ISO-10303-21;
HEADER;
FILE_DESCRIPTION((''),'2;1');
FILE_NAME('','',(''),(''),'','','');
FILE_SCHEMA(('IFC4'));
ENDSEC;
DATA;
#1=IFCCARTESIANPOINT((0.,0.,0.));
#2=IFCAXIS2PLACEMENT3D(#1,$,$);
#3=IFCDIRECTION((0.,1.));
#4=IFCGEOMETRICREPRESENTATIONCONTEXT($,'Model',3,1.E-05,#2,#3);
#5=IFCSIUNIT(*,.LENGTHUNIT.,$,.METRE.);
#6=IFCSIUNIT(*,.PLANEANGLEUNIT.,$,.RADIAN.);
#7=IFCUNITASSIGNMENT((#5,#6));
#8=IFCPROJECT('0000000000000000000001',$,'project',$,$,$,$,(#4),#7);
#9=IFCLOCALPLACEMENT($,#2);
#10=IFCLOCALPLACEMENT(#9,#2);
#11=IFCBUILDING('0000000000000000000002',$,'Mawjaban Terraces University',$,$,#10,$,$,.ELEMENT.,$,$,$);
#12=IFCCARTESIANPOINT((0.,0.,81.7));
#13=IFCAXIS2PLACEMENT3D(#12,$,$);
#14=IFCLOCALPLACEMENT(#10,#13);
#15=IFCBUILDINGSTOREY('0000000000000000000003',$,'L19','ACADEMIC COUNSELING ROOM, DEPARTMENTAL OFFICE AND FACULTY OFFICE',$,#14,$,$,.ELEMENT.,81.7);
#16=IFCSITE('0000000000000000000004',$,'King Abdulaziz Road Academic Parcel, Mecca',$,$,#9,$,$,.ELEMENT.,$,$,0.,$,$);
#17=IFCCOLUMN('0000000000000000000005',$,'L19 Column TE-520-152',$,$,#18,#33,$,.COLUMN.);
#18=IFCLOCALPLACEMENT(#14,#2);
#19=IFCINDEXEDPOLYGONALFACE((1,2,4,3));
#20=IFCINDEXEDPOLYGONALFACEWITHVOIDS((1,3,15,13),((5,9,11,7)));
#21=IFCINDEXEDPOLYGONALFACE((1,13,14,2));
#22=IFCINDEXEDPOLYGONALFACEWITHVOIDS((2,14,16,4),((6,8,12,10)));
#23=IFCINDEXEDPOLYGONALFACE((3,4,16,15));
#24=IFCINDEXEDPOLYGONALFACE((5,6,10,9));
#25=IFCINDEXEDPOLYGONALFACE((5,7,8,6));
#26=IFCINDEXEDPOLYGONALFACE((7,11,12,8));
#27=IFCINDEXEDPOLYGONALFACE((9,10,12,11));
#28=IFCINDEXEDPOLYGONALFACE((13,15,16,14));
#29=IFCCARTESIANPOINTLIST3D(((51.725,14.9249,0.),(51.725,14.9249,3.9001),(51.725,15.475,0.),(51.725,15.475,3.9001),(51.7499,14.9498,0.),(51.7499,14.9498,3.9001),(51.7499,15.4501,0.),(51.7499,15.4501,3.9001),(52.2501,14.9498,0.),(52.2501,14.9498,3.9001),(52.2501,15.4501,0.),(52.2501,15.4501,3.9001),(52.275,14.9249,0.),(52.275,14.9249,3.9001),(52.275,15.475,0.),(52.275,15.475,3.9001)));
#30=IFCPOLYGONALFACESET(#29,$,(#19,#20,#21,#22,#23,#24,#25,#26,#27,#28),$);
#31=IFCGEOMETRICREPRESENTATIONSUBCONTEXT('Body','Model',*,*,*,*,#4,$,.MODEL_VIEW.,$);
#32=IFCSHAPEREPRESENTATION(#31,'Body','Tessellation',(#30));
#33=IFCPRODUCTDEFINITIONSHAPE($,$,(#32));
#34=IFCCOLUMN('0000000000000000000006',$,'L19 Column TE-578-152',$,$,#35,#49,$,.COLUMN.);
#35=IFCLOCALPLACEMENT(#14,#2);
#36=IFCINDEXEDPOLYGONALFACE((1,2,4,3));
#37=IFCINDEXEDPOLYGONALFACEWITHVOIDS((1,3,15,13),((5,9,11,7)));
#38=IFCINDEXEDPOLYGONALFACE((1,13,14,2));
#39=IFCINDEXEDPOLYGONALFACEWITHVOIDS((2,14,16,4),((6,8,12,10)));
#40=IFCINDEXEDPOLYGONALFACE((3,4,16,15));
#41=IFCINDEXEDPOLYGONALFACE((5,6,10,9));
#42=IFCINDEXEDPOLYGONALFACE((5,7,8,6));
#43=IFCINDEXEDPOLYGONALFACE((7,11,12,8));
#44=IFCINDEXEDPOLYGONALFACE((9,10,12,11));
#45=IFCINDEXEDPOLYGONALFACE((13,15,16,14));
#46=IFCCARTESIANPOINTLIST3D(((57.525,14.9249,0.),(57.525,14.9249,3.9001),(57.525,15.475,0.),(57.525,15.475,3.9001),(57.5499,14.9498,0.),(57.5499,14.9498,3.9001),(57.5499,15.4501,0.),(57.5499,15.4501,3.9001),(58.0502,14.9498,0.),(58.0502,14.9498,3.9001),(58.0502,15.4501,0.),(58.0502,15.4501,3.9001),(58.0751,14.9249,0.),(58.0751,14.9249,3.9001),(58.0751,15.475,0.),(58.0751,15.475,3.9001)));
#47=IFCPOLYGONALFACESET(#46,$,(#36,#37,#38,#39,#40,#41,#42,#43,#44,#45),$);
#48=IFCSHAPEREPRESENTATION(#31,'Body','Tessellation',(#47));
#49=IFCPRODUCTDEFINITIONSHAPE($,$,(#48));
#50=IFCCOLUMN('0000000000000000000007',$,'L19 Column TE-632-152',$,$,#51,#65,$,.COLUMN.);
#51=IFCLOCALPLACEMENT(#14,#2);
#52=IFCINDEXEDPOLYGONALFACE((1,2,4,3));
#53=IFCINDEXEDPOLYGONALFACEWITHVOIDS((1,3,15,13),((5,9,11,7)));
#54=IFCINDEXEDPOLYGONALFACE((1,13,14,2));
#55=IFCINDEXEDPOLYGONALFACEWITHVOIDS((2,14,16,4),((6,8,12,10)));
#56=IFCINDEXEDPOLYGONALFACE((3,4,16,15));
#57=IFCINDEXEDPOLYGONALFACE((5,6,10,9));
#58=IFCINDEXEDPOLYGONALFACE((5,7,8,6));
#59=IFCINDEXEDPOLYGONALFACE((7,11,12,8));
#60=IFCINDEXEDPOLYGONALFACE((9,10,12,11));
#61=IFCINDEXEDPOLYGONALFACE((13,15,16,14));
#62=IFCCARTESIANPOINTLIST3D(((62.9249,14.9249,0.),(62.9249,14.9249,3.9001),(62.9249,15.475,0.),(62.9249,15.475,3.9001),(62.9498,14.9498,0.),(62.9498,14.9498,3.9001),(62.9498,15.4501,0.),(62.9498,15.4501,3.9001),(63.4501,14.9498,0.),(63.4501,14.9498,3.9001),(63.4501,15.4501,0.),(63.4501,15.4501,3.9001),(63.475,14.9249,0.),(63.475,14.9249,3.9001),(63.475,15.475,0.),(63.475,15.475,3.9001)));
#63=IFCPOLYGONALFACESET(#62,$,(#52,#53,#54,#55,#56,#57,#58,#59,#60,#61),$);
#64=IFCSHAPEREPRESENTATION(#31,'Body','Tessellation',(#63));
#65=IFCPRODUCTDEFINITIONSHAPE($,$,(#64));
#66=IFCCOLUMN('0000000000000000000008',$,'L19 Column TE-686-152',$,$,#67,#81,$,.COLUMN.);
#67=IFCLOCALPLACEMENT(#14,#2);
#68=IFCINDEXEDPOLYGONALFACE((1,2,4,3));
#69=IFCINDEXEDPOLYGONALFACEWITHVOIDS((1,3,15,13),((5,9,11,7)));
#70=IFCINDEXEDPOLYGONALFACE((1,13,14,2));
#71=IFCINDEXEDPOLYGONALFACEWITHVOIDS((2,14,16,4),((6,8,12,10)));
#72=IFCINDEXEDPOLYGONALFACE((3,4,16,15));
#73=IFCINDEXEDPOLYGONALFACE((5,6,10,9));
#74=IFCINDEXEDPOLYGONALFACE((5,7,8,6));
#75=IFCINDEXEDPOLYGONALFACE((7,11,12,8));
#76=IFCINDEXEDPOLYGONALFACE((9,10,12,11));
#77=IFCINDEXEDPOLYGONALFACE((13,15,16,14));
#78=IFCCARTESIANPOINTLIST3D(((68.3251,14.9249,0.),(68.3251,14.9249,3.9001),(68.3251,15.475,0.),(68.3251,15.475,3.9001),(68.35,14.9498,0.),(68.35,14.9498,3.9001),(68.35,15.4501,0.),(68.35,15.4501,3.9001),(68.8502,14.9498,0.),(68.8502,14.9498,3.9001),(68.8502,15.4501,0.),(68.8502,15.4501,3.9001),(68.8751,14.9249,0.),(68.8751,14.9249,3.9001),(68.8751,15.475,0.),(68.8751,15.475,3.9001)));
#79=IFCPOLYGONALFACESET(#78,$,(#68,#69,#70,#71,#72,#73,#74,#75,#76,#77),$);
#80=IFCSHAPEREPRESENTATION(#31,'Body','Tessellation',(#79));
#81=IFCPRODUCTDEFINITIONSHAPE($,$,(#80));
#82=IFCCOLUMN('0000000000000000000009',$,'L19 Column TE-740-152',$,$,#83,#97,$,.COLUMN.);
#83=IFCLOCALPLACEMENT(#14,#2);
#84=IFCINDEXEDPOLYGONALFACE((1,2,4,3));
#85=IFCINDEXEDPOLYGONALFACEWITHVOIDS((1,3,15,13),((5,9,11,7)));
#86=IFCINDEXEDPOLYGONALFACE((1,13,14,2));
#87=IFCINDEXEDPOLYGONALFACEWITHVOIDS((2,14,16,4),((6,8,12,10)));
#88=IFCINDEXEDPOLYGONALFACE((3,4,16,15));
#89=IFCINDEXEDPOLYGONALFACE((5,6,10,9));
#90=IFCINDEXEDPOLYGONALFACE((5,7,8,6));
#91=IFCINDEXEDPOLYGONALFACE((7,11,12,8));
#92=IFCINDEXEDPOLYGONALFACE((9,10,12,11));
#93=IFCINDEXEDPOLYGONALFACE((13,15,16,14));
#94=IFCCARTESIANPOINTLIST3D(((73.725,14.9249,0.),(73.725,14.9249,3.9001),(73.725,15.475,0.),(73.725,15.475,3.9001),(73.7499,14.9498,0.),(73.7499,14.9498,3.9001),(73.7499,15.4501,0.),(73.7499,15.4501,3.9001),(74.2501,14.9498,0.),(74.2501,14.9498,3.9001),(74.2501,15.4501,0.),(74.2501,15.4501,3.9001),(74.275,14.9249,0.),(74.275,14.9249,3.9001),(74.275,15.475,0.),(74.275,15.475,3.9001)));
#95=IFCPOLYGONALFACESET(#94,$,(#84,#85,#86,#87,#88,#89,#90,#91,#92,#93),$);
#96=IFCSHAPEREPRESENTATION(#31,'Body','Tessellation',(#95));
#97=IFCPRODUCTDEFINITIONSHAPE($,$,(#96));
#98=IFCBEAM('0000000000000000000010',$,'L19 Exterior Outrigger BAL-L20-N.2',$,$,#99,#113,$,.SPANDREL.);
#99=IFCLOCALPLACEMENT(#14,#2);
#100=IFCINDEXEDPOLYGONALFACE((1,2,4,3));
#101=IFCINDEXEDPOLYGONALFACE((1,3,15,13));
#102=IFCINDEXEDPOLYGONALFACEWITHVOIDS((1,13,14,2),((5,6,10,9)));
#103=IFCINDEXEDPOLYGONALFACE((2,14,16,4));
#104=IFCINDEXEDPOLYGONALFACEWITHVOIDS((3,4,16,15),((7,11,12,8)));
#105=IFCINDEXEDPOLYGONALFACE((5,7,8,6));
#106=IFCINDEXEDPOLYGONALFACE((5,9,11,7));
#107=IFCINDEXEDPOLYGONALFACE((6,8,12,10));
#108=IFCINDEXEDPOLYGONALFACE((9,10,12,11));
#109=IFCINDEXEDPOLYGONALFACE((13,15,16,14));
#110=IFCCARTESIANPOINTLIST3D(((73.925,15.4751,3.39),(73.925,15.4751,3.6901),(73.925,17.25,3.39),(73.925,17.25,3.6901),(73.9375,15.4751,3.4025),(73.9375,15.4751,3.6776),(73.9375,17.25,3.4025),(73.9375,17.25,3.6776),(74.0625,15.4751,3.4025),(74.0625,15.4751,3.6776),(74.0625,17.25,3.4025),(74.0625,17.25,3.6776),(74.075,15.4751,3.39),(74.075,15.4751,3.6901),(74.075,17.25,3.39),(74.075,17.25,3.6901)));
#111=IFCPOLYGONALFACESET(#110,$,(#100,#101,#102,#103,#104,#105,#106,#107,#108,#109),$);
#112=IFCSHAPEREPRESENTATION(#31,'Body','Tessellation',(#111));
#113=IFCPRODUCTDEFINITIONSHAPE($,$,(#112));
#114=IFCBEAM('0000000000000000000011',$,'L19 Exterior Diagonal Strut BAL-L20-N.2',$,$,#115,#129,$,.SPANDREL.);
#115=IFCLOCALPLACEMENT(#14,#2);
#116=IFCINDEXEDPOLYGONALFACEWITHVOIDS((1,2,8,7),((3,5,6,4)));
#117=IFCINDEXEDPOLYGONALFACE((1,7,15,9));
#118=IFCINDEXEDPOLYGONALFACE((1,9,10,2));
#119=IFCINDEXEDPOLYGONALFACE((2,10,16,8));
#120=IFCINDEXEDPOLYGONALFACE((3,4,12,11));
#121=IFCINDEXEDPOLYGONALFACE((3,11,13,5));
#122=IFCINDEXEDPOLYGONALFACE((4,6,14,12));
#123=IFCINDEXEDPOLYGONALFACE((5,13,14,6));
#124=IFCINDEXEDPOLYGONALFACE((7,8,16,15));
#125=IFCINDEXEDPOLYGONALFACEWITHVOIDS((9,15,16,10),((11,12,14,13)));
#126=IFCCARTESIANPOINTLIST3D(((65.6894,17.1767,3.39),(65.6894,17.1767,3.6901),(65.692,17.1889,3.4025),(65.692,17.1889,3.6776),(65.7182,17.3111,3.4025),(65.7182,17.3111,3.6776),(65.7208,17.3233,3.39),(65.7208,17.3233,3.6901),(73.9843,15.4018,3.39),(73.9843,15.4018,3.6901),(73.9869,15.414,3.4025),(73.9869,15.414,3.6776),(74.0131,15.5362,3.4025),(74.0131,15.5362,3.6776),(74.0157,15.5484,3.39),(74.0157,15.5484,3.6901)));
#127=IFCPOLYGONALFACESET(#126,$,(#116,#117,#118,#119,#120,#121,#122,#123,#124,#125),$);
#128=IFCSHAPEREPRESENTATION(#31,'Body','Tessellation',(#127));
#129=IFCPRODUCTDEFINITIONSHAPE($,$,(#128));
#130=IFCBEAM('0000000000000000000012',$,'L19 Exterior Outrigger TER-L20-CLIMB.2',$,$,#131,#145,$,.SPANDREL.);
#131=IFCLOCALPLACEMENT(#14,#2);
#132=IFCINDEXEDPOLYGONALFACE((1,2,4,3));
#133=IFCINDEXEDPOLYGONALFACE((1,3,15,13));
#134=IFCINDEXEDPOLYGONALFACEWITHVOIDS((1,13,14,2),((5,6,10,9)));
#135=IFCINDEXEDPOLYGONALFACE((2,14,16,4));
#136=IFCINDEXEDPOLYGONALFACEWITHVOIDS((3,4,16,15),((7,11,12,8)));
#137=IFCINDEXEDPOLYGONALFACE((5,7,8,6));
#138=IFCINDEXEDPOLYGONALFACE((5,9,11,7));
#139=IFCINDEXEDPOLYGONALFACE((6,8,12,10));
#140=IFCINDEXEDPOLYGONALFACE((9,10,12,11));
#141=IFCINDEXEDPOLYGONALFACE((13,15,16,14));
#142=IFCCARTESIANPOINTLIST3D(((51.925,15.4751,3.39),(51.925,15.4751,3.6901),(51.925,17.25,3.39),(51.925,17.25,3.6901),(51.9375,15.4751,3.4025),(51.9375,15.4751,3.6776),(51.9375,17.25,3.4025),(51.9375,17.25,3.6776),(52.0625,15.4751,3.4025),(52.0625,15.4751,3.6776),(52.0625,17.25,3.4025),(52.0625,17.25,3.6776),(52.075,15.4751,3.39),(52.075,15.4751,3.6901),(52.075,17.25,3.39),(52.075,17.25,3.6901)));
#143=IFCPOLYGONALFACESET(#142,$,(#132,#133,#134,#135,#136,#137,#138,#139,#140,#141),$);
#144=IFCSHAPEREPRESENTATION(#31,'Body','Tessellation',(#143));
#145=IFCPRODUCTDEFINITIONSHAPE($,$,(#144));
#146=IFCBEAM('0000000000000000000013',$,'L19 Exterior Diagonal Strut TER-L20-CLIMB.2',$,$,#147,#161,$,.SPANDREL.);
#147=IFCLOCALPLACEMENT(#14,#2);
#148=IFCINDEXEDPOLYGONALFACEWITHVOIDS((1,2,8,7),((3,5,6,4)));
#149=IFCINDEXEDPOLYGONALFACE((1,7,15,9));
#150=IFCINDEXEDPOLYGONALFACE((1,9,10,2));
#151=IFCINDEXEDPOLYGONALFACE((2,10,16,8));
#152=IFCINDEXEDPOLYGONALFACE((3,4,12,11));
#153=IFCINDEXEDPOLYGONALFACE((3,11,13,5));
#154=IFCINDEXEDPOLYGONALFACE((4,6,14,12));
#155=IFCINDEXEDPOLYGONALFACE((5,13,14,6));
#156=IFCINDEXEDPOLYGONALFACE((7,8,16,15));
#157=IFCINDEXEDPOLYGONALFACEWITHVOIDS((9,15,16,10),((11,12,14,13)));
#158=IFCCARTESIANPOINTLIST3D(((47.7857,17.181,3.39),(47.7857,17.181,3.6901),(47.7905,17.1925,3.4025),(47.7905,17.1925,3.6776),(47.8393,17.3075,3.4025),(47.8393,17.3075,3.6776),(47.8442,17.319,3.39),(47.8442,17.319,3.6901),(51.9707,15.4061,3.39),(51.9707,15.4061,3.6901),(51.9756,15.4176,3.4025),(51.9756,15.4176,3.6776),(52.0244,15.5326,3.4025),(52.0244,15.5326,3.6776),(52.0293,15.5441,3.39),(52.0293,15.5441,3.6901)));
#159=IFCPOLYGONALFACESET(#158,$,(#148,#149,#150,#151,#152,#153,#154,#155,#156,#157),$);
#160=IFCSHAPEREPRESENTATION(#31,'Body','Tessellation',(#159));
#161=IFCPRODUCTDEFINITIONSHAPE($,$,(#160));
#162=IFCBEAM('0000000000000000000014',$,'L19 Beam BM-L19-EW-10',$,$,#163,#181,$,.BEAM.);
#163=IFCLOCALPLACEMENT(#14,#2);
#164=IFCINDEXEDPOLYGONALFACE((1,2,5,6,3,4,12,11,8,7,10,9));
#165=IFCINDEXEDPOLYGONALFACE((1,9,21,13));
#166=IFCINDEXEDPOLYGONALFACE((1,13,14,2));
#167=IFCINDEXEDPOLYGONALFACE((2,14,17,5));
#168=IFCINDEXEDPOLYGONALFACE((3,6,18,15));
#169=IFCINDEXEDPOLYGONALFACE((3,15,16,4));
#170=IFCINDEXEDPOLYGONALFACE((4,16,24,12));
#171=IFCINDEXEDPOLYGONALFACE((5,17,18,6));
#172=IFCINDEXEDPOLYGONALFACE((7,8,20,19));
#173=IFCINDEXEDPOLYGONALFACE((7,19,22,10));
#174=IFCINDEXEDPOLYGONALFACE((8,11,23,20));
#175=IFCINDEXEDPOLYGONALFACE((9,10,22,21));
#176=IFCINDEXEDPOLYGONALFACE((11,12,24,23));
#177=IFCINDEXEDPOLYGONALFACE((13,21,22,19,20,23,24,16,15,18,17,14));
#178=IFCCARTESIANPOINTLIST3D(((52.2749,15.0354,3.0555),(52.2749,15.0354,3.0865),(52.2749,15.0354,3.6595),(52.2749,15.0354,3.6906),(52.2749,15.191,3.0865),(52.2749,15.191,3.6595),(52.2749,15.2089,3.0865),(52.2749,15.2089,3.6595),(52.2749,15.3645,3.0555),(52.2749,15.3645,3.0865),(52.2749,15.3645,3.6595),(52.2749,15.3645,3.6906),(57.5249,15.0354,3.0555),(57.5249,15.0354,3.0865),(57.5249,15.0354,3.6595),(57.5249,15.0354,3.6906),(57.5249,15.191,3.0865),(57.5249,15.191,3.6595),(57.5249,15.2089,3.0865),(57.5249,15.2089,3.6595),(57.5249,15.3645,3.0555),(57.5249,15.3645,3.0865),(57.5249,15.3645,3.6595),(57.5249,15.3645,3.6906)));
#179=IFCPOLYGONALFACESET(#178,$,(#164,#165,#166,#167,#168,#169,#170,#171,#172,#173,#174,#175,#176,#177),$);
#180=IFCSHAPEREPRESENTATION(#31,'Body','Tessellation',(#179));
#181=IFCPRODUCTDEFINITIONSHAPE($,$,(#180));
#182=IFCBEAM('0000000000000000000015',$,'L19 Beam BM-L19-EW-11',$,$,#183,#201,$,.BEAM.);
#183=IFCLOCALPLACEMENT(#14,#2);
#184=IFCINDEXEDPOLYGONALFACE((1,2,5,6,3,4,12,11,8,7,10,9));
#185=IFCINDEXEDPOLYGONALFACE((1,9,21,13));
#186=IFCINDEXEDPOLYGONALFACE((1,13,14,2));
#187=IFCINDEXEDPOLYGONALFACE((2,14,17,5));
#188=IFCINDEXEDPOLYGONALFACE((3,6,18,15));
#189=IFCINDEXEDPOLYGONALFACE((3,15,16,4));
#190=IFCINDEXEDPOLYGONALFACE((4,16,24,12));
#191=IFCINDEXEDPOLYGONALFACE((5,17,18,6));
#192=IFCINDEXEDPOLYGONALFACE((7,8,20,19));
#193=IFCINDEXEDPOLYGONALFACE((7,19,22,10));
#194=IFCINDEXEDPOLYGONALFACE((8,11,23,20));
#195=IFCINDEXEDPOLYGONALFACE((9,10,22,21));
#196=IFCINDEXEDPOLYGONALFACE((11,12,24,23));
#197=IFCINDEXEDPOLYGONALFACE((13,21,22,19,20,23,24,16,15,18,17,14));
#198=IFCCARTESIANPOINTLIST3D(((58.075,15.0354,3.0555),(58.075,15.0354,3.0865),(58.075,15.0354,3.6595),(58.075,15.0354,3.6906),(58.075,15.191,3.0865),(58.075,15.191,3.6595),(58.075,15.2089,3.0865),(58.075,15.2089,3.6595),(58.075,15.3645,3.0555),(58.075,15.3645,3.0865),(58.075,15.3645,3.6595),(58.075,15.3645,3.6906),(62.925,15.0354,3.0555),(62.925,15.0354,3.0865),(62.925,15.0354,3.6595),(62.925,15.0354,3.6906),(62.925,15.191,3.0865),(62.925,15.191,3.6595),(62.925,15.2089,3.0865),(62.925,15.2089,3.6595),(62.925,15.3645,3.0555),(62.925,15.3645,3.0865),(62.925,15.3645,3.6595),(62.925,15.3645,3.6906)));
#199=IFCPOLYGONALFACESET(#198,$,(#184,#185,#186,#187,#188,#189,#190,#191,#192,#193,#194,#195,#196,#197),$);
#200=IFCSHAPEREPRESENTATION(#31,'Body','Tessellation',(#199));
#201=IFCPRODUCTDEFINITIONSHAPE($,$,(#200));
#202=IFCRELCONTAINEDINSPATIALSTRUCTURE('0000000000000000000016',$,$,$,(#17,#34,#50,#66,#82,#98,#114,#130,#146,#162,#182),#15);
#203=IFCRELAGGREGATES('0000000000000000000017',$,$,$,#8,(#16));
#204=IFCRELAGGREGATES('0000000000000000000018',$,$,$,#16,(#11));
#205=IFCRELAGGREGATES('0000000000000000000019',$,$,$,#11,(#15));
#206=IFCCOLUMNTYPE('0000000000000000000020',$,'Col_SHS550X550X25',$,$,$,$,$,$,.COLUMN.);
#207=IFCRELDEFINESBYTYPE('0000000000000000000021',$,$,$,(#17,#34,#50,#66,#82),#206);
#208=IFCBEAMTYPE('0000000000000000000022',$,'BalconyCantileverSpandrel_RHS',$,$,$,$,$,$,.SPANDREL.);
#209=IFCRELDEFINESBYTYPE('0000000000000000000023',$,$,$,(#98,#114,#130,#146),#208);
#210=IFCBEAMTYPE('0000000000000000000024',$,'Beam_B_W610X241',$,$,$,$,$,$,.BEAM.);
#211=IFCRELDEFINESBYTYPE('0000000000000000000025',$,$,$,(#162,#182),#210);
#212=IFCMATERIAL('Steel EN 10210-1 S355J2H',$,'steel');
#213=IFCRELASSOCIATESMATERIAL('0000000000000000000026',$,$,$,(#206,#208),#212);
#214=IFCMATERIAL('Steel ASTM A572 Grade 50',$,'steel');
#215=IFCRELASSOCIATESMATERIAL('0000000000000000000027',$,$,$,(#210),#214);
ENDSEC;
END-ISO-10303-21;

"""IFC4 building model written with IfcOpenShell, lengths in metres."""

from ifc_helpers import new_model, si_unit, direction, frame, origin, origin_2d, place, context, subcontext, project, spatial, hollow_rectangle, i_section, extrude, material, material_profile, profile_set, type_object, element, save


model = new_model("IFC4")

# Units and contexts
model_context = context("Model", 3, precision=1e-05, world=origin(), true_north=direction((0.0, 1.0)))
body_context = subcontext(model_context, "Body", "Model", "MODEL_VIEW")
ifc_project = project(units=[si_unit("LENGTHUNIT", "METRE"), si_unit("PLANEANGLEUNIT", "RADIAN")], contexts=[model_context])

# Site, building, storey
site_placement = place(None, origin())
site = spatial("IfcSite", under=ifc_project, at=site_placement, Name="King Abdulaziz Road Academic Parcel, Mecca", CompositionType="ELEMENT", RefElevation=0.0)
building_placement = place(site_placement, origin())
building = spatial("IfcBuilding", under=site, at=building_placement, Name="Mawjaban Terraces University", CompositionType="ELEMENT")
storey_placement = place(building_placement, frame((0.0, 0.0, 81.7)))
storey = spatial("IfcBuildingStorey", under=building, at=storey_placement, Name="L19", Description="ACADEMIC COUNSELING ROOM, DEPARTMENTAL OFFICE AND FACULTY OFFICE", CompositionType="ELEMENT", Elevation=81.7)

# Columns
ifc_material_1 = material(Name="Steel EN 10210-1 S355J2H", Category="steel")
ifc_material_profile_1 = material_profile(ifc_material_1, hollow_rectangle(XDim=0.55, YDim=0.55, WallThickness=0.0249, at=origin_2d()), Name="SHS550X550X25")
ifc_profile_set_1 = profile_set([ifc_material_profile_1], Name="Steel EN 10210-1 S355J2H")
column_type = type_object("IfcColumnType", Name="Col_SHS550X550X25", PredefinedType="COLUMN", material=ifc_profile_set_1)
for number, where, z_axis, x_axis, name in (
    (1, (52.0, 15.2, 0.0), (0.0, 0.0, 1.0), (1.0, 0.0, 0.0), "L19 Column TE-520-152"),
    (2, (57.8, 15.2, 0.0), (0.0, 0.0, 1.0), (1.0, 0.0, 0.0), "L19 Column TE-578-152"),
    (3, (63.2, 15.2, 0.0), (0.0, 0.0, 1.0), (1.0, 0.0, 0.0), "L19 Column TE-632-152"),
    (4, (68.6001, 15.2, 0.0), (0.0, 0.0, 1.0), (1.0, 0.0, 0.0), "L19 Column TE-686-152"),
    (5, (74.0, 15.2, 0.0), (0.0, 0.0, 1.0), (1.0, 0.0, 0.0), "L19 Column TE-740-152"),
):
    element("IfcColumn", number, at=place(storey_placement, frame(where, z_axis=z_axis, x_axis=x_axis)), inside=storey, type_object=column_type, Name=name, PredefinedType="COLUMN", context=body_context, shape_type="SweptSolid", body=[
        extrude(hollow_rectangle(XDim=0.55, YDim=0.55, WallThickness=0.0249, at=origin_2d()), origin(), (0.0, 0.0, 1.0), 3.9001),
    ])

# Beams
ifc_material_profile_2 = material_profile(ifc_material_1, hollow_rectangle(XDim=0.1499, YDim=0.3, WallThickness=0.0125, at=origin_2d()), Name="RHS300X150X12.5")
ifc_profile_set_2 = profile_set([ifc_material_profile_2], Name="Steel EN 10210-1 S355J2H")
beam_type_1 = type_object("IfcBeamType", Name="BalconyCantileverSpandrel_RHS", PredefinedType="SPANDREL", material=ifc_profile_set_2)
beam_1_placement = place(storey_placement, frame((74.0, 15.4751, 3.54), z_axis=(0.0, 1.0, 0.0), x_axis=(-1.0, 0.0, 0.0)))
element("IfcBeam", 6, at=beam_1_placement, inside=storey, type_object=beam_type_1, Name="L19 Exterior Outrigger BAL-L20-N.2", PredefinedType="SPANDREL", context=body_context, shape_type="SweptSolid", body=[
    extrude(hollow_rectangle(XDim=0.1499, YDim=0.3, WallThickness=0.0125, at=origin_2d()), origin(), (0.0, 0.0, 1.0), 1.7749),
])
beam_2_placement = place(storey_placement, frame((74.0, 15.4751, 3.54), z_axis=(-0.977865, 0.209238, 0.0), x_axis=(-0.209238, -0.977865, 0.0)))
element("IfcBeam", 7, at=beam_2_placement, inside=storey, type_object=beam_type_1, Name="L19 Exterior Diagonal Strut BAL-L20-N.2", PredefinedType="SPANDREL", context=body_context, shape_type="SweptSolid", body=[
    extrude(hollow_rectangle(XDim=0.1499, YDim=0.3, WallThickness=0.0125, at=origin_2d()), origin(), (0.0, 0.0, 1.0), 8.4827),
])
beam_3_placement = place(storey_placement, frame((52.0, 15.4751, 3.54), z_axis=(0.0, 1.0, 0.0), x_axis=(-1.0, 0.0, 0.0)))
element("IfcBeam", 8, at=beam_3_placement, inside=storey, type_object=beam_type_1, Name="L19 Exterior Outrigger TER-L20-CLIMB.2", PredefinedType="SPANDREL", context=body_context, shape_type="SweptSolid", body=[
    extrude(hollow_rectangle(XDim=0.1499, YDim=0.3, WallThickness=0.0125, at=origin_2d()), origin(), (0.0, 0.0, 1.0), 1.7749),
])
beam_4_placement = place(storey_placement, frame((52.0, 15.4751, 3.54), z_axis=(-0.920627, 0.390442, 0.0), x_axis=(-0.390442, -0.920627, 0.0)))
element("IfcBeam", 9, at=beam_4_placement, inside=storey, type_object=beam_type_1, Name="L19 Exterior Diagonal Strut TER-L20-CLIMB.2", PredefinedType="SPANDREL", context=body_context, shape_type="SweptSolid", body=[
    extrude(hollow_rectangle(XDim=0.1499, YDim=0.3, WallThickness=0.0125, at=origin_2d()), origin(), (0.0, 0.0, 1.0), 4.5459),
])
ifc_material_2 = material(Name="Steel ASTM A572 Grade 50", Category="steel")
ifc_material_profile_3 = material_profile(ifc_material_2, i_section(OverallWidth=0.3291, OverallDepth=0.635, WebThickness=0.0178, FlangeThickness=0.031, at=origin_2d()), Name="W610X241")
ifc_profile_set_3 = profile_set([ifc_material_profile_3], Name="Steel ASTM A572 Grade 50")
beam_type_2 = type_object("IfcBeamType", Name="Beam_B_W610X241", PredefinedType="BEAM", material=ifc_profile_set_3)
beam_5_placement = place(storey_placement, frame((52.2749, 15.2, 3.373), z_axis=(1.0, 0.0, 0.0), x_axis=(0.0, 1.0, 0.0)))
element("IfcBeam", 10, at=beam_5_placement, inside=storey, type_object=beam_type_2, Name="L19 Beam BM-L19-EW-10", PredefinedType="BEAM", context=body_context, shape_type="SweptSolid", body=[
    extrude(i_section(OverallWidth=0.3291, OverallDepth=0.635, WebThickness=0.0178, FlangeThickness=0.031, at=origin_2d()), origin(), (0.0, 0.0, 1.0), 5.25),
])
beam_6_placement = place(storey_placement, frame((58.075, 15.2, 3.373), z_axis=(1.0, 0.0, 0.0), x_axis=(0.0, 1.0, 0.0)))
element("IfcBeam", 11, at=beam_6_placement, inside=storey, type_object=beam_type_2, Name="L19 Beam BM-L19-EW-11", PredefinedType="BEAM", context=body_context, shape_type="SweptSolid", body=[
    extrude(i_section(OverallWidth=0.3291, OverallDepth=0.635, WebThickness=0.0178, FlangeThickness=0.031, at=origin_2d()), origin(), (0.0, 0.0, 1.0), 4.8501),
])

save(model, "model.ifc")
